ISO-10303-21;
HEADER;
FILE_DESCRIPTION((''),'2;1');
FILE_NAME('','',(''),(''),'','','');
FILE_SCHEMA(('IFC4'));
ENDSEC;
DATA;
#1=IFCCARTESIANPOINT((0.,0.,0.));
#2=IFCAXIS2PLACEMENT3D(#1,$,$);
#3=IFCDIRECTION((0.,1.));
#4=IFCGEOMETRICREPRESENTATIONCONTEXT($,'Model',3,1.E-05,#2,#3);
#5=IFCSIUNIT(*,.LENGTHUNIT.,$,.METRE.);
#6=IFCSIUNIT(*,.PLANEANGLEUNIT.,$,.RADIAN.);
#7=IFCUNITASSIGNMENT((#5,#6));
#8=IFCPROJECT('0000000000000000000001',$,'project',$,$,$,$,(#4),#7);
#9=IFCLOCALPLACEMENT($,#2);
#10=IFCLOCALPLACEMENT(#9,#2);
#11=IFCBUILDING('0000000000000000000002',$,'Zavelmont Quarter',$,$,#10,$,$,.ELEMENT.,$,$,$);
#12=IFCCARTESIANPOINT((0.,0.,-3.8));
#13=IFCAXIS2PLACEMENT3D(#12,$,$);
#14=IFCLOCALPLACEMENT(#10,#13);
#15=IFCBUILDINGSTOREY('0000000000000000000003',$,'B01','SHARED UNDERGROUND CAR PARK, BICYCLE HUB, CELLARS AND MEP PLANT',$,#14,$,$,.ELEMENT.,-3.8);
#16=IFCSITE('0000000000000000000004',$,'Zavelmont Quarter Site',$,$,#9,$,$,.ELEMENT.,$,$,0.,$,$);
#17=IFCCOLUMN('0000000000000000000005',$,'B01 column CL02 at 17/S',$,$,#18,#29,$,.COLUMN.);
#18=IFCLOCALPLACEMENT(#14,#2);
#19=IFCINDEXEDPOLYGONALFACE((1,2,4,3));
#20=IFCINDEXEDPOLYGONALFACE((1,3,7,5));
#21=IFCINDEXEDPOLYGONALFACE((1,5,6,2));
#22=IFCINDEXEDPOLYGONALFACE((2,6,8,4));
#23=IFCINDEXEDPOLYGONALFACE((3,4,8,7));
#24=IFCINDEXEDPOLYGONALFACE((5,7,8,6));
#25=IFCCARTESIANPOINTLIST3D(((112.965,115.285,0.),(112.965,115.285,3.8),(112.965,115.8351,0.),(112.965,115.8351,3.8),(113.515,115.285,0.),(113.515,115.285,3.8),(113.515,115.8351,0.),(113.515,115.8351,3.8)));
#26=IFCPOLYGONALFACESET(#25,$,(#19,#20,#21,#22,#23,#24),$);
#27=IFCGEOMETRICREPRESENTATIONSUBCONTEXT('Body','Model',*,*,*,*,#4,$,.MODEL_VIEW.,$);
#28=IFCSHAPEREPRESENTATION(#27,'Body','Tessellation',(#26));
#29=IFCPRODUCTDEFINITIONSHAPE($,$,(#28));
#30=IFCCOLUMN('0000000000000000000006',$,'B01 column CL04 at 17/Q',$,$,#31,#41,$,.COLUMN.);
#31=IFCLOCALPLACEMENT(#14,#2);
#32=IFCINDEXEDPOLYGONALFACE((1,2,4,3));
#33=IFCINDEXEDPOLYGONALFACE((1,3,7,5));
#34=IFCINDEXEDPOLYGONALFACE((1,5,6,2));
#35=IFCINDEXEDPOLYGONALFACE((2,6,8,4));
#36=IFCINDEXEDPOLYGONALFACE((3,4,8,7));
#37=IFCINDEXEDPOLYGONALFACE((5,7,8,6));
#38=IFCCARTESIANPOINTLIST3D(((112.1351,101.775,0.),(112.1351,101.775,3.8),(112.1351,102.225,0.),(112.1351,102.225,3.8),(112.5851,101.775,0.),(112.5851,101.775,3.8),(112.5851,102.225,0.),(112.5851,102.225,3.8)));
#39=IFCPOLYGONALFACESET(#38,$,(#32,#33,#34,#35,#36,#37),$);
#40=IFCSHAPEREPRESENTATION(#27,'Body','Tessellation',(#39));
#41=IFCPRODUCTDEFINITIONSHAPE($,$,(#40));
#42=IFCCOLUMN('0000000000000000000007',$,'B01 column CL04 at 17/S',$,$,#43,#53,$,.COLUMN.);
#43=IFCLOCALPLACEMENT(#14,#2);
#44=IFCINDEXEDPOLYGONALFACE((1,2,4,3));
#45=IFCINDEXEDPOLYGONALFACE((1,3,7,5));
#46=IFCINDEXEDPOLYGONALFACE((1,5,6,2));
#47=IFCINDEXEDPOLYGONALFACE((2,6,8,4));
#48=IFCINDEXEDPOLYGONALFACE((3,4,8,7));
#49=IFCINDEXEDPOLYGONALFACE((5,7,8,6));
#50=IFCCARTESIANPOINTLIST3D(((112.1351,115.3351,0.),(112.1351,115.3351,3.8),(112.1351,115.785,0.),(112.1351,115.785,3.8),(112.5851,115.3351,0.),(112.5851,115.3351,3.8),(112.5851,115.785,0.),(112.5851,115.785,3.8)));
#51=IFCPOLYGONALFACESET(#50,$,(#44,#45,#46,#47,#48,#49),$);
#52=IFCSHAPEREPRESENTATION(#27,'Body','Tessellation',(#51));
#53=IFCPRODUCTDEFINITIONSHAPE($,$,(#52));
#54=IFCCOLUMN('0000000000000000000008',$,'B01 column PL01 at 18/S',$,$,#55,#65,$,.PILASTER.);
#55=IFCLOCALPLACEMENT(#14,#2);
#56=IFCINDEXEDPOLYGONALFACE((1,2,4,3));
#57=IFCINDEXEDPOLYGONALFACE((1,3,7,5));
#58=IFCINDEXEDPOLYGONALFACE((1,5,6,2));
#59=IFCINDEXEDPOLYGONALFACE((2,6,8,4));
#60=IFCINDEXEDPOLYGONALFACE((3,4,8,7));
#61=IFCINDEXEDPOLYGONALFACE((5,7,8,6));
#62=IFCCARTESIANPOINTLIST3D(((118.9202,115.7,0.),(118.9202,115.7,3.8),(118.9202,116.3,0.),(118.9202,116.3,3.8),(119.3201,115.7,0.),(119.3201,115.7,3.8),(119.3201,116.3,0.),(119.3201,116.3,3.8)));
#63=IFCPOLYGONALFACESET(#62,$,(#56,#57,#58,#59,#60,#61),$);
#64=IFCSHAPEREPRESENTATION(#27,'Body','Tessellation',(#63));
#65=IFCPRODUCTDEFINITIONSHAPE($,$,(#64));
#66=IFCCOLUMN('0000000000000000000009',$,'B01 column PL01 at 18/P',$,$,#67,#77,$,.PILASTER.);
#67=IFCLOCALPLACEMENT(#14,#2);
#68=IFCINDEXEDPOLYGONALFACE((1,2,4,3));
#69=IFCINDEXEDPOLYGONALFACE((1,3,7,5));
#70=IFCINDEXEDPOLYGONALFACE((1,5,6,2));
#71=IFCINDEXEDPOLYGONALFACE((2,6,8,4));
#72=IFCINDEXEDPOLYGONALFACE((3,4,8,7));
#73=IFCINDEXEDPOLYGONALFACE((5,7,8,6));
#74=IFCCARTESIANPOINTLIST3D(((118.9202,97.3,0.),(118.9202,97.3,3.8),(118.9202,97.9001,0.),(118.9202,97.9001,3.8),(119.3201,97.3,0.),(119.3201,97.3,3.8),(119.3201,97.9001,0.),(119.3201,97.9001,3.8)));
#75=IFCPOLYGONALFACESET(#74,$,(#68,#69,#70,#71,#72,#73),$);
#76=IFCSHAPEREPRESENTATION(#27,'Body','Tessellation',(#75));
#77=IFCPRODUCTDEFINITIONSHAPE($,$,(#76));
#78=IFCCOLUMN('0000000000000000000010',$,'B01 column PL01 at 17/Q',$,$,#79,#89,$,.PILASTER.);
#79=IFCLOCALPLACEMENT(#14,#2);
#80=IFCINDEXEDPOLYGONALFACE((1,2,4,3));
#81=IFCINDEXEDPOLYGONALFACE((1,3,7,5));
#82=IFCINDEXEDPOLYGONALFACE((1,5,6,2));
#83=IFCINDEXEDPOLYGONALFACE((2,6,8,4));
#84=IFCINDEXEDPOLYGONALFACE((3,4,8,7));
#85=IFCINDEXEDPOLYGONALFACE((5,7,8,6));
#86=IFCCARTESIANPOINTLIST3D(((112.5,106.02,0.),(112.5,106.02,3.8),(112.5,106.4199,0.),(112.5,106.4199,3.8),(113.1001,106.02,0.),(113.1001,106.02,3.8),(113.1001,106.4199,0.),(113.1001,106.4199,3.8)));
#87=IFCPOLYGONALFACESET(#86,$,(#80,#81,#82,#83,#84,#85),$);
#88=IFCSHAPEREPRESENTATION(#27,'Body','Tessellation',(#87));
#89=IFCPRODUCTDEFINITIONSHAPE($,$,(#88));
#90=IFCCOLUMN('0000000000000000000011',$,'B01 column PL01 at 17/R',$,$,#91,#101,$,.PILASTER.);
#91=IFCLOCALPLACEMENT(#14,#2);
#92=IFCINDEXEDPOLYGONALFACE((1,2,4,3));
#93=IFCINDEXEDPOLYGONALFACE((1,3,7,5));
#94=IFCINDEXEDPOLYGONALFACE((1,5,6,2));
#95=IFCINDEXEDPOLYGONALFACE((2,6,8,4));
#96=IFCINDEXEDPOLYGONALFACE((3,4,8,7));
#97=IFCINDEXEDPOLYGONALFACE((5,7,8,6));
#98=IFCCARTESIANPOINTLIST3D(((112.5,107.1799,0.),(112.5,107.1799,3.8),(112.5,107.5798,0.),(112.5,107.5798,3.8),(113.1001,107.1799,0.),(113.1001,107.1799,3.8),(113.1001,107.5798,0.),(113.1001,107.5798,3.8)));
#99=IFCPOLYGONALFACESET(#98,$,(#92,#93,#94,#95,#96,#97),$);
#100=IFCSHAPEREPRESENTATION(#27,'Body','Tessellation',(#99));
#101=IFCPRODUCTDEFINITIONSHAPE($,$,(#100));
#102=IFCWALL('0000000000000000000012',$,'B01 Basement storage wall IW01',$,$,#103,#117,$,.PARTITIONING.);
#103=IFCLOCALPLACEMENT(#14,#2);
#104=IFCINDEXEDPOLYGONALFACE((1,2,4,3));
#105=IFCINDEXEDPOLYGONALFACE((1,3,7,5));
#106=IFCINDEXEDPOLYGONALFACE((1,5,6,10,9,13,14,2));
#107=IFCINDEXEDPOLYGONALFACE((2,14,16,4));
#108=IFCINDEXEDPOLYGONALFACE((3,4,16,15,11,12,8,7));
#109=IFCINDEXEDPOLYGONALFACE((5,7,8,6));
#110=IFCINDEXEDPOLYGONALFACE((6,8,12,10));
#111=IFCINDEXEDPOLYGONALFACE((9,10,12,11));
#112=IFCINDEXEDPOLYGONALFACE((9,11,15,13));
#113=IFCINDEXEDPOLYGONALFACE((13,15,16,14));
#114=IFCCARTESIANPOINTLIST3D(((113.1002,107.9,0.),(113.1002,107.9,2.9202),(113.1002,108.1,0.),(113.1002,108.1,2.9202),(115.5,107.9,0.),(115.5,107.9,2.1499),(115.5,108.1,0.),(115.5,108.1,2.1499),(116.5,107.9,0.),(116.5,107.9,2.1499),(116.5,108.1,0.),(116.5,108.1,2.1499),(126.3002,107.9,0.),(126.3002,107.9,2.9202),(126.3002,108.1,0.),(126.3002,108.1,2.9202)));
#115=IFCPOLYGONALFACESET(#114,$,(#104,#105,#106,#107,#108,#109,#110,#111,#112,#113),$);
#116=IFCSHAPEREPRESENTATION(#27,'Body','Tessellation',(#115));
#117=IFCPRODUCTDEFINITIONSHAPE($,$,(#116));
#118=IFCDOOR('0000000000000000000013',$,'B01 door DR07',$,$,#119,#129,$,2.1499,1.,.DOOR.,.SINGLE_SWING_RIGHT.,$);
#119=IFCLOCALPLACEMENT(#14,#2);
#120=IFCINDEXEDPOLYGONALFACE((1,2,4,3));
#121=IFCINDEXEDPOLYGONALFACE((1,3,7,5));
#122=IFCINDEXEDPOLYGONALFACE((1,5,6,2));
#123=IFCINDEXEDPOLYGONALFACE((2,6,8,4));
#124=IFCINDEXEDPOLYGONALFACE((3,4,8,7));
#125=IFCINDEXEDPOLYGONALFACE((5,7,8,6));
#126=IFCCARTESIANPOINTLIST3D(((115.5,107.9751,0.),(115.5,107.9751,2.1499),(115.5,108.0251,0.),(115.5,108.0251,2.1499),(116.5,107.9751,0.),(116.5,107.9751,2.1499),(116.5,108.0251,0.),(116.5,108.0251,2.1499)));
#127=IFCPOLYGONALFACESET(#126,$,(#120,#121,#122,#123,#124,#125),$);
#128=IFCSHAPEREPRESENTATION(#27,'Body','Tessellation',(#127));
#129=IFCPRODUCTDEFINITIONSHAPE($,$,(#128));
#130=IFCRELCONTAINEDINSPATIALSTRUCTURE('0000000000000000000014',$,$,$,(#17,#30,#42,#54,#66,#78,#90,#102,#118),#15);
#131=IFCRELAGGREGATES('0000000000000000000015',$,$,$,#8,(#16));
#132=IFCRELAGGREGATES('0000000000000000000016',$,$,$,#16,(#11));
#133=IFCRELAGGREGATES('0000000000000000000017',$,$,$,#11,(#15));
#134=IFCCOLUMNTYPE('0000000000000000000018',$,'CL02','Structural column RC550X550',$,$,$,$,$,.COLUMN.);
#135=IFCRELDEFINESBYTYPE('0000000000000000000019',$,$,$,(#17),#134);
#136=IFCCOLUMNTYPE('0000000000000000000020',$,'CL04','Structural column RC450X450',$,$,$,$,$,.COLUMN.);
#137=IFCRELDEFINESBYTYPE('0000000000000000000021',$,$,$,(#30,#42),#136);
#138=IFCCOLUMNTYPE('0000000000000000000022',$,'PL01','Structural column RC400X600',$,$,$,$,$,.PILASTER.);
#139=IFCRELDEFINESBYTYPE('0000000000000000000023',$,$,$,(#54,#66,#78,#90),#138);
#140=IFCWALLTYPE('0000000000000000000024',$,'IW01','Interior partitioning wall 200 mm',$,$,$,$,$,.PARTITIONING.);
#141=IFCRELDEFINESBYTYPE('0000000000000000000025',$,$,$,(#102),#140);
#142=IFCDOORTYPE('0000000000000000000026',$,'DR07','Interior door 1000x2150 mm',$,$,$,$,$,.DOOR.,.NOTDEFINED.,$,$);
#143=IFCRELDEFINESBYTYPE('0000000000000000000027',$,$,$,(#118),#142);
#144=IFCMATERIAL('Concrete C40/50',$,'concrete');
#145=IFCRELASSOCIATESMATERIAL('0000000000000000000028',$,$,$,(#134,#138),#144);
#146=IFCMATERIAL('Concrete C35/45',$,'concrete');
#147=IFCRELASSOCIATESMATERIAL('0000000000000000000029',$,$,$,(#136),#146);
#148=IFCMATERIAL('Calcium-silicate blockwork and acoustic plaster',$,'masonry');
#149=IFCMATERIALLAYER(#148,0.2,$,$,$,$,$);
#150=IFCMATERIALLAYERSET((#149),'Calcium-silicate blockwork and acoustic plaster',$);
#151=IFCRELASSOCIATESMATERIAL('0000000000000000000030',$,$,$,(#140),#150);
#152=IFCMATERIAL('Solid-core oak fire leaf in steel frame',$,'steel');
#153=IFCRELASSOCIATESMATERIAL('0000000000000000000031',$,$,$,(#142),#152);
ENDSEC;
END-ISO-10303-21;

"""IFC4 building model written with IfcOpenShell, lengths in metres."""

from ifc_helpers import new_model, si_unit, direction, frame, frame_2d, origin, origin_2d, place, context, subcontext, project, spatial, rectangle, extrude, material, layer, layer_set, material_profile, profile_set, type_object, element, fill, save


model = new_model("IFC4")

# Units and contexts
model_context = context("Model", 3, precision=1e-05, world=origin(), true_north=direction((0.0, 1.0)))
body_context = subcontext(model_context, "Body", "Model", "MODEL_VIEW")
ifc_project = project(units=[si_unit("LENGTHUNIT", "METRE"), si_unit("PLANEANGLEUNIT", "RADIAN")], contexts=[model_context])

# Site, building, storey
site_placement = place(None, origin())
site = spatial("IfcSite", under=ifc_project, at=site_placement, Name="Zavelmont Quarter Site", CompositionType="ELEMENT", RefElevation=0.0)
building_placement = place(site_placement, origin())
building = spatial("IfcBuilding", under=site, at=building_placement, Name="Zavelmont Quarter", CompositionType="ELEMENT")
storey_placement = place(building_placement, frame((0.0, 0.0, -3.8)))
storey = spatial("IfcBuildingStorey", under=building, at=storey_placement, Name="B01", Description="SHARED UNDERGROUND CAR PARK, BICYCLE HUB, CELLARS AND MEP PLANT", CompositionType="ELEMENT", Elevation=-3.8)

# Shared definitions
ifc_material_1 = material(Name="Concrete C35/45", Category="concrete")

# Columns
ifc_material_2 = material(Name="Concrete C40/50", Category="concrete")
ifc_material_profile_1 = material_profile(ifc_material_2, rectangle(XDim=0.55, YDim=0.55, at=origin_2d()), Name="RC550X550")
ifc_profile_set_1 = profile_set([ifc_material_profile_1], Name="Concrete C40/50")
column_type_1 = type_object("IfcColumnType", Name="CL02", Description="Structural column RC550X550", PredefinedType="COLUMN", material=ifc_profile_set_1)
for number, where, z_axis, x_axis, name in (
    (1, (113.24, 115.5601, 0.0), (0.0, 0.0, 1.0), (1.0, 0.0, 0.0), "B01 column CL02 at 17/S"),
):
    element("IfcColumn", number, at=place(storey_placement, frame(where, z_axis=z_axis, x_axis=x_axis)), inside=storey, type_object=column_type_1, Name=name, PredefinedType="COLUMN", context=body_context, shape_type="SweptSolid", body=[
        extrude(rectangle(XDim=0.55, YDim=0.55, at=origin_2d()), origin(), (0.0, 0.0, 1.0), 3.8),
    ])
ifc_material_profile_2 = material_profile(ifc_material_1, rectangle(XDim=0.45, YDim=0.45, at=origin_2d()), Name="RC450X450")
ifc_profile_set_2 = profile_set([ifc_material_profile_2], Name="Concrete C35/45")
column_type_2 = type_object("IfcColumnType", Name="CL04", Description="Structural column RC450X450", PredefinedType="COLUMN", material=ifc_profile_set_2)
for number, where, z_axis, x_axis, name in (
    (2, (112.3601, 102.0, 0.0), (0.0, 0.0, 1.0), (1.0, 0.0, 0.0), "B01 column CL04 at 17/Q"),
    (3, (112.3601, 115.5601, 0.0), (0.0, 0.0, 1.0), (1.0, 0.0, 0.0), "B01 column CL04 at 17/S"),
):
    element("IfcColumn", number, at=place(storey_placement, frame(where, z_axis=z_axis, x_axis=x_axis)), inside=storey, type_object=column_type_2, Name=name, PredefinedType="COLUMN", context=body_context, shape_type="SweptSolid", body=[
        extrude(rectangle(XDim=0.45, YDim=0.45, at=origin_2d()), origin(), (0.0, 0.0, 1.0), 3.8),
    ])
ifc_material_profile_3 = material_profile(ifc_material_2, rectangle(XDim=0.3999, YDim=0.6001, at=origin_2d()), Name="RC400X600")
ifc_profile_set_3 = profile_set([ifc_material_profile_3], Name="Concrete C40/50")
column_type_3 = type_object("IfcColumnType", Name="PL01", Description="Structural column RC400X600", PredefinedType="PILASTER", material=ifc_profile_set_3)
for number, where, z_axis, x_axis, name in (
    (4, (119.1201, 116.0, 0.0), (0.0, 0.0, 1.0), (1.0, 0.0, 0.0), "B01 column PL01 at 18/S"),
    (5, (119.1201, 97.6001, 0.0), (0.0, 0.0, 1.0), (1.0, 0.0, 0.0), "B01 column PL01 at 18/P"),
    (6, (112.8, 106.22, 0.0), (0.0, 0.0, 1.0), (0.0, 1.0, 0.0), "B01 column PL01 at 17/Q"),
    (7, (112.8, 107.3799, 0.0), (0.0, 0.0, 1.0), (0.0, 1.0, 0.0), "B01 column PL01 at 17/R"),
):
    element("IfcColumn", number, at=place(storey_placement, frame(where, z_axis=z_axis, x_axis=x_axis)), inside=storey, type_object=column_type_3, Name=name, PredefinedType="PILASTER", context=body_context, shape_type="SweptSolid", body=[
        extrude(rectangle(XDim=0.3999, YDim=0.6001, at=origin_2d()), origin(), (0.0, 0.0, 1.0), 3.8),
    ])

# Wall, opening, door
ifc_material_3 = material(Name="Calcium-silicate blockwork and acoustic plaster", Category="masonry")
ifc_layer = layer(ifc_material_3, 0.2)
ifc_layer_set = layer_set([ifc_layer], Name="Calcium-silicate blockwork and acoustic plaster")
wall_type = type_object("IfcWallType", Name="IW01", Description="Interior partitioning wall 200 mm", PredefinedType="PARTITIONING", material=ifc_layer_set)
wall_placement = place(storey_placement, frame((113.1001, 108.0, 0.0), z_axis=(0.0, 0.0, 1.0), x_axis=(1.0, 0.0, 0.0)))
wall = element("IfcWall", 8, at=wall_placement, inside=storey, type_object=wall_type, Name="B01 Basement storage wall IW01", PredefinedType="PARTITIONING", context=body_context, shape_type="SweptSolid", body=[
    extrude(rectangle(XDim=13.2, YDim=0.2, at=frame_2d((6.6001, 0.0))), origin(), (0.0, 0.0, 1.0), 2.9202),
])
opening_placement = place(wall_placement, frame((2.3999, 0.0, 0.0)))
opening = element("IfcOpeningElement", 9, at=opening_placement, cuts=wall, PredefinedType="OPENING", context=body_context, shape_type="SweptSolid", body=[
    extrude(rectangle(XDim=1.0, YDim=2.1499, at=frame_2d((0.5, 1.075))), frame((0.0, 0.1118, 0.0), z_axis=(0.0, -1.0, 0.0), x_axis=(1.0, 0.0, 0.0)), (0.0, 0.0, 1.0), 0.2239),
])
ifc_material_4 = material(Name="Solid-core oak fire leaf in steel frame", Category="steel")
door_type = type_object("IfcDoorType", Name="DR07", Description="Interior door 1000x2150 mm", OperationType="NOTDEFINED", PredefinedType="DOOR", material=ifc_material_4)
door_placement = place(opening_placement, frame((1.0, 0.0, 0.0), z_axis=(0.0, 0.0, 1.0), x_axis=(-1.0, 0.0, 0.0)))
door = element("IfcDoor", 10, at=door_placement, inside=storey, type_object=door_type, Name="B01 door DR07", OperationType="SINGLE_SWING_RIGHT", OverallHeight=2.1499, OverallWidth=1.0, PredefinedType="DOOR", context=body_context, shape_type="SweptSolid", body=[
    extrude(rectangle(XDim=1.0, YDim=2.1499, at=frame_2d((0.5, 1.075))), frame((0.0, 0.0249, 0.0), z_axis=(0.0, -1.0, 0.0), x_axis=(1.0, 0.0, 0.0)), (0.0, 0.0, 1.0), 0.05),
])
fill(opening, door)

save(model, "model.ifc")
